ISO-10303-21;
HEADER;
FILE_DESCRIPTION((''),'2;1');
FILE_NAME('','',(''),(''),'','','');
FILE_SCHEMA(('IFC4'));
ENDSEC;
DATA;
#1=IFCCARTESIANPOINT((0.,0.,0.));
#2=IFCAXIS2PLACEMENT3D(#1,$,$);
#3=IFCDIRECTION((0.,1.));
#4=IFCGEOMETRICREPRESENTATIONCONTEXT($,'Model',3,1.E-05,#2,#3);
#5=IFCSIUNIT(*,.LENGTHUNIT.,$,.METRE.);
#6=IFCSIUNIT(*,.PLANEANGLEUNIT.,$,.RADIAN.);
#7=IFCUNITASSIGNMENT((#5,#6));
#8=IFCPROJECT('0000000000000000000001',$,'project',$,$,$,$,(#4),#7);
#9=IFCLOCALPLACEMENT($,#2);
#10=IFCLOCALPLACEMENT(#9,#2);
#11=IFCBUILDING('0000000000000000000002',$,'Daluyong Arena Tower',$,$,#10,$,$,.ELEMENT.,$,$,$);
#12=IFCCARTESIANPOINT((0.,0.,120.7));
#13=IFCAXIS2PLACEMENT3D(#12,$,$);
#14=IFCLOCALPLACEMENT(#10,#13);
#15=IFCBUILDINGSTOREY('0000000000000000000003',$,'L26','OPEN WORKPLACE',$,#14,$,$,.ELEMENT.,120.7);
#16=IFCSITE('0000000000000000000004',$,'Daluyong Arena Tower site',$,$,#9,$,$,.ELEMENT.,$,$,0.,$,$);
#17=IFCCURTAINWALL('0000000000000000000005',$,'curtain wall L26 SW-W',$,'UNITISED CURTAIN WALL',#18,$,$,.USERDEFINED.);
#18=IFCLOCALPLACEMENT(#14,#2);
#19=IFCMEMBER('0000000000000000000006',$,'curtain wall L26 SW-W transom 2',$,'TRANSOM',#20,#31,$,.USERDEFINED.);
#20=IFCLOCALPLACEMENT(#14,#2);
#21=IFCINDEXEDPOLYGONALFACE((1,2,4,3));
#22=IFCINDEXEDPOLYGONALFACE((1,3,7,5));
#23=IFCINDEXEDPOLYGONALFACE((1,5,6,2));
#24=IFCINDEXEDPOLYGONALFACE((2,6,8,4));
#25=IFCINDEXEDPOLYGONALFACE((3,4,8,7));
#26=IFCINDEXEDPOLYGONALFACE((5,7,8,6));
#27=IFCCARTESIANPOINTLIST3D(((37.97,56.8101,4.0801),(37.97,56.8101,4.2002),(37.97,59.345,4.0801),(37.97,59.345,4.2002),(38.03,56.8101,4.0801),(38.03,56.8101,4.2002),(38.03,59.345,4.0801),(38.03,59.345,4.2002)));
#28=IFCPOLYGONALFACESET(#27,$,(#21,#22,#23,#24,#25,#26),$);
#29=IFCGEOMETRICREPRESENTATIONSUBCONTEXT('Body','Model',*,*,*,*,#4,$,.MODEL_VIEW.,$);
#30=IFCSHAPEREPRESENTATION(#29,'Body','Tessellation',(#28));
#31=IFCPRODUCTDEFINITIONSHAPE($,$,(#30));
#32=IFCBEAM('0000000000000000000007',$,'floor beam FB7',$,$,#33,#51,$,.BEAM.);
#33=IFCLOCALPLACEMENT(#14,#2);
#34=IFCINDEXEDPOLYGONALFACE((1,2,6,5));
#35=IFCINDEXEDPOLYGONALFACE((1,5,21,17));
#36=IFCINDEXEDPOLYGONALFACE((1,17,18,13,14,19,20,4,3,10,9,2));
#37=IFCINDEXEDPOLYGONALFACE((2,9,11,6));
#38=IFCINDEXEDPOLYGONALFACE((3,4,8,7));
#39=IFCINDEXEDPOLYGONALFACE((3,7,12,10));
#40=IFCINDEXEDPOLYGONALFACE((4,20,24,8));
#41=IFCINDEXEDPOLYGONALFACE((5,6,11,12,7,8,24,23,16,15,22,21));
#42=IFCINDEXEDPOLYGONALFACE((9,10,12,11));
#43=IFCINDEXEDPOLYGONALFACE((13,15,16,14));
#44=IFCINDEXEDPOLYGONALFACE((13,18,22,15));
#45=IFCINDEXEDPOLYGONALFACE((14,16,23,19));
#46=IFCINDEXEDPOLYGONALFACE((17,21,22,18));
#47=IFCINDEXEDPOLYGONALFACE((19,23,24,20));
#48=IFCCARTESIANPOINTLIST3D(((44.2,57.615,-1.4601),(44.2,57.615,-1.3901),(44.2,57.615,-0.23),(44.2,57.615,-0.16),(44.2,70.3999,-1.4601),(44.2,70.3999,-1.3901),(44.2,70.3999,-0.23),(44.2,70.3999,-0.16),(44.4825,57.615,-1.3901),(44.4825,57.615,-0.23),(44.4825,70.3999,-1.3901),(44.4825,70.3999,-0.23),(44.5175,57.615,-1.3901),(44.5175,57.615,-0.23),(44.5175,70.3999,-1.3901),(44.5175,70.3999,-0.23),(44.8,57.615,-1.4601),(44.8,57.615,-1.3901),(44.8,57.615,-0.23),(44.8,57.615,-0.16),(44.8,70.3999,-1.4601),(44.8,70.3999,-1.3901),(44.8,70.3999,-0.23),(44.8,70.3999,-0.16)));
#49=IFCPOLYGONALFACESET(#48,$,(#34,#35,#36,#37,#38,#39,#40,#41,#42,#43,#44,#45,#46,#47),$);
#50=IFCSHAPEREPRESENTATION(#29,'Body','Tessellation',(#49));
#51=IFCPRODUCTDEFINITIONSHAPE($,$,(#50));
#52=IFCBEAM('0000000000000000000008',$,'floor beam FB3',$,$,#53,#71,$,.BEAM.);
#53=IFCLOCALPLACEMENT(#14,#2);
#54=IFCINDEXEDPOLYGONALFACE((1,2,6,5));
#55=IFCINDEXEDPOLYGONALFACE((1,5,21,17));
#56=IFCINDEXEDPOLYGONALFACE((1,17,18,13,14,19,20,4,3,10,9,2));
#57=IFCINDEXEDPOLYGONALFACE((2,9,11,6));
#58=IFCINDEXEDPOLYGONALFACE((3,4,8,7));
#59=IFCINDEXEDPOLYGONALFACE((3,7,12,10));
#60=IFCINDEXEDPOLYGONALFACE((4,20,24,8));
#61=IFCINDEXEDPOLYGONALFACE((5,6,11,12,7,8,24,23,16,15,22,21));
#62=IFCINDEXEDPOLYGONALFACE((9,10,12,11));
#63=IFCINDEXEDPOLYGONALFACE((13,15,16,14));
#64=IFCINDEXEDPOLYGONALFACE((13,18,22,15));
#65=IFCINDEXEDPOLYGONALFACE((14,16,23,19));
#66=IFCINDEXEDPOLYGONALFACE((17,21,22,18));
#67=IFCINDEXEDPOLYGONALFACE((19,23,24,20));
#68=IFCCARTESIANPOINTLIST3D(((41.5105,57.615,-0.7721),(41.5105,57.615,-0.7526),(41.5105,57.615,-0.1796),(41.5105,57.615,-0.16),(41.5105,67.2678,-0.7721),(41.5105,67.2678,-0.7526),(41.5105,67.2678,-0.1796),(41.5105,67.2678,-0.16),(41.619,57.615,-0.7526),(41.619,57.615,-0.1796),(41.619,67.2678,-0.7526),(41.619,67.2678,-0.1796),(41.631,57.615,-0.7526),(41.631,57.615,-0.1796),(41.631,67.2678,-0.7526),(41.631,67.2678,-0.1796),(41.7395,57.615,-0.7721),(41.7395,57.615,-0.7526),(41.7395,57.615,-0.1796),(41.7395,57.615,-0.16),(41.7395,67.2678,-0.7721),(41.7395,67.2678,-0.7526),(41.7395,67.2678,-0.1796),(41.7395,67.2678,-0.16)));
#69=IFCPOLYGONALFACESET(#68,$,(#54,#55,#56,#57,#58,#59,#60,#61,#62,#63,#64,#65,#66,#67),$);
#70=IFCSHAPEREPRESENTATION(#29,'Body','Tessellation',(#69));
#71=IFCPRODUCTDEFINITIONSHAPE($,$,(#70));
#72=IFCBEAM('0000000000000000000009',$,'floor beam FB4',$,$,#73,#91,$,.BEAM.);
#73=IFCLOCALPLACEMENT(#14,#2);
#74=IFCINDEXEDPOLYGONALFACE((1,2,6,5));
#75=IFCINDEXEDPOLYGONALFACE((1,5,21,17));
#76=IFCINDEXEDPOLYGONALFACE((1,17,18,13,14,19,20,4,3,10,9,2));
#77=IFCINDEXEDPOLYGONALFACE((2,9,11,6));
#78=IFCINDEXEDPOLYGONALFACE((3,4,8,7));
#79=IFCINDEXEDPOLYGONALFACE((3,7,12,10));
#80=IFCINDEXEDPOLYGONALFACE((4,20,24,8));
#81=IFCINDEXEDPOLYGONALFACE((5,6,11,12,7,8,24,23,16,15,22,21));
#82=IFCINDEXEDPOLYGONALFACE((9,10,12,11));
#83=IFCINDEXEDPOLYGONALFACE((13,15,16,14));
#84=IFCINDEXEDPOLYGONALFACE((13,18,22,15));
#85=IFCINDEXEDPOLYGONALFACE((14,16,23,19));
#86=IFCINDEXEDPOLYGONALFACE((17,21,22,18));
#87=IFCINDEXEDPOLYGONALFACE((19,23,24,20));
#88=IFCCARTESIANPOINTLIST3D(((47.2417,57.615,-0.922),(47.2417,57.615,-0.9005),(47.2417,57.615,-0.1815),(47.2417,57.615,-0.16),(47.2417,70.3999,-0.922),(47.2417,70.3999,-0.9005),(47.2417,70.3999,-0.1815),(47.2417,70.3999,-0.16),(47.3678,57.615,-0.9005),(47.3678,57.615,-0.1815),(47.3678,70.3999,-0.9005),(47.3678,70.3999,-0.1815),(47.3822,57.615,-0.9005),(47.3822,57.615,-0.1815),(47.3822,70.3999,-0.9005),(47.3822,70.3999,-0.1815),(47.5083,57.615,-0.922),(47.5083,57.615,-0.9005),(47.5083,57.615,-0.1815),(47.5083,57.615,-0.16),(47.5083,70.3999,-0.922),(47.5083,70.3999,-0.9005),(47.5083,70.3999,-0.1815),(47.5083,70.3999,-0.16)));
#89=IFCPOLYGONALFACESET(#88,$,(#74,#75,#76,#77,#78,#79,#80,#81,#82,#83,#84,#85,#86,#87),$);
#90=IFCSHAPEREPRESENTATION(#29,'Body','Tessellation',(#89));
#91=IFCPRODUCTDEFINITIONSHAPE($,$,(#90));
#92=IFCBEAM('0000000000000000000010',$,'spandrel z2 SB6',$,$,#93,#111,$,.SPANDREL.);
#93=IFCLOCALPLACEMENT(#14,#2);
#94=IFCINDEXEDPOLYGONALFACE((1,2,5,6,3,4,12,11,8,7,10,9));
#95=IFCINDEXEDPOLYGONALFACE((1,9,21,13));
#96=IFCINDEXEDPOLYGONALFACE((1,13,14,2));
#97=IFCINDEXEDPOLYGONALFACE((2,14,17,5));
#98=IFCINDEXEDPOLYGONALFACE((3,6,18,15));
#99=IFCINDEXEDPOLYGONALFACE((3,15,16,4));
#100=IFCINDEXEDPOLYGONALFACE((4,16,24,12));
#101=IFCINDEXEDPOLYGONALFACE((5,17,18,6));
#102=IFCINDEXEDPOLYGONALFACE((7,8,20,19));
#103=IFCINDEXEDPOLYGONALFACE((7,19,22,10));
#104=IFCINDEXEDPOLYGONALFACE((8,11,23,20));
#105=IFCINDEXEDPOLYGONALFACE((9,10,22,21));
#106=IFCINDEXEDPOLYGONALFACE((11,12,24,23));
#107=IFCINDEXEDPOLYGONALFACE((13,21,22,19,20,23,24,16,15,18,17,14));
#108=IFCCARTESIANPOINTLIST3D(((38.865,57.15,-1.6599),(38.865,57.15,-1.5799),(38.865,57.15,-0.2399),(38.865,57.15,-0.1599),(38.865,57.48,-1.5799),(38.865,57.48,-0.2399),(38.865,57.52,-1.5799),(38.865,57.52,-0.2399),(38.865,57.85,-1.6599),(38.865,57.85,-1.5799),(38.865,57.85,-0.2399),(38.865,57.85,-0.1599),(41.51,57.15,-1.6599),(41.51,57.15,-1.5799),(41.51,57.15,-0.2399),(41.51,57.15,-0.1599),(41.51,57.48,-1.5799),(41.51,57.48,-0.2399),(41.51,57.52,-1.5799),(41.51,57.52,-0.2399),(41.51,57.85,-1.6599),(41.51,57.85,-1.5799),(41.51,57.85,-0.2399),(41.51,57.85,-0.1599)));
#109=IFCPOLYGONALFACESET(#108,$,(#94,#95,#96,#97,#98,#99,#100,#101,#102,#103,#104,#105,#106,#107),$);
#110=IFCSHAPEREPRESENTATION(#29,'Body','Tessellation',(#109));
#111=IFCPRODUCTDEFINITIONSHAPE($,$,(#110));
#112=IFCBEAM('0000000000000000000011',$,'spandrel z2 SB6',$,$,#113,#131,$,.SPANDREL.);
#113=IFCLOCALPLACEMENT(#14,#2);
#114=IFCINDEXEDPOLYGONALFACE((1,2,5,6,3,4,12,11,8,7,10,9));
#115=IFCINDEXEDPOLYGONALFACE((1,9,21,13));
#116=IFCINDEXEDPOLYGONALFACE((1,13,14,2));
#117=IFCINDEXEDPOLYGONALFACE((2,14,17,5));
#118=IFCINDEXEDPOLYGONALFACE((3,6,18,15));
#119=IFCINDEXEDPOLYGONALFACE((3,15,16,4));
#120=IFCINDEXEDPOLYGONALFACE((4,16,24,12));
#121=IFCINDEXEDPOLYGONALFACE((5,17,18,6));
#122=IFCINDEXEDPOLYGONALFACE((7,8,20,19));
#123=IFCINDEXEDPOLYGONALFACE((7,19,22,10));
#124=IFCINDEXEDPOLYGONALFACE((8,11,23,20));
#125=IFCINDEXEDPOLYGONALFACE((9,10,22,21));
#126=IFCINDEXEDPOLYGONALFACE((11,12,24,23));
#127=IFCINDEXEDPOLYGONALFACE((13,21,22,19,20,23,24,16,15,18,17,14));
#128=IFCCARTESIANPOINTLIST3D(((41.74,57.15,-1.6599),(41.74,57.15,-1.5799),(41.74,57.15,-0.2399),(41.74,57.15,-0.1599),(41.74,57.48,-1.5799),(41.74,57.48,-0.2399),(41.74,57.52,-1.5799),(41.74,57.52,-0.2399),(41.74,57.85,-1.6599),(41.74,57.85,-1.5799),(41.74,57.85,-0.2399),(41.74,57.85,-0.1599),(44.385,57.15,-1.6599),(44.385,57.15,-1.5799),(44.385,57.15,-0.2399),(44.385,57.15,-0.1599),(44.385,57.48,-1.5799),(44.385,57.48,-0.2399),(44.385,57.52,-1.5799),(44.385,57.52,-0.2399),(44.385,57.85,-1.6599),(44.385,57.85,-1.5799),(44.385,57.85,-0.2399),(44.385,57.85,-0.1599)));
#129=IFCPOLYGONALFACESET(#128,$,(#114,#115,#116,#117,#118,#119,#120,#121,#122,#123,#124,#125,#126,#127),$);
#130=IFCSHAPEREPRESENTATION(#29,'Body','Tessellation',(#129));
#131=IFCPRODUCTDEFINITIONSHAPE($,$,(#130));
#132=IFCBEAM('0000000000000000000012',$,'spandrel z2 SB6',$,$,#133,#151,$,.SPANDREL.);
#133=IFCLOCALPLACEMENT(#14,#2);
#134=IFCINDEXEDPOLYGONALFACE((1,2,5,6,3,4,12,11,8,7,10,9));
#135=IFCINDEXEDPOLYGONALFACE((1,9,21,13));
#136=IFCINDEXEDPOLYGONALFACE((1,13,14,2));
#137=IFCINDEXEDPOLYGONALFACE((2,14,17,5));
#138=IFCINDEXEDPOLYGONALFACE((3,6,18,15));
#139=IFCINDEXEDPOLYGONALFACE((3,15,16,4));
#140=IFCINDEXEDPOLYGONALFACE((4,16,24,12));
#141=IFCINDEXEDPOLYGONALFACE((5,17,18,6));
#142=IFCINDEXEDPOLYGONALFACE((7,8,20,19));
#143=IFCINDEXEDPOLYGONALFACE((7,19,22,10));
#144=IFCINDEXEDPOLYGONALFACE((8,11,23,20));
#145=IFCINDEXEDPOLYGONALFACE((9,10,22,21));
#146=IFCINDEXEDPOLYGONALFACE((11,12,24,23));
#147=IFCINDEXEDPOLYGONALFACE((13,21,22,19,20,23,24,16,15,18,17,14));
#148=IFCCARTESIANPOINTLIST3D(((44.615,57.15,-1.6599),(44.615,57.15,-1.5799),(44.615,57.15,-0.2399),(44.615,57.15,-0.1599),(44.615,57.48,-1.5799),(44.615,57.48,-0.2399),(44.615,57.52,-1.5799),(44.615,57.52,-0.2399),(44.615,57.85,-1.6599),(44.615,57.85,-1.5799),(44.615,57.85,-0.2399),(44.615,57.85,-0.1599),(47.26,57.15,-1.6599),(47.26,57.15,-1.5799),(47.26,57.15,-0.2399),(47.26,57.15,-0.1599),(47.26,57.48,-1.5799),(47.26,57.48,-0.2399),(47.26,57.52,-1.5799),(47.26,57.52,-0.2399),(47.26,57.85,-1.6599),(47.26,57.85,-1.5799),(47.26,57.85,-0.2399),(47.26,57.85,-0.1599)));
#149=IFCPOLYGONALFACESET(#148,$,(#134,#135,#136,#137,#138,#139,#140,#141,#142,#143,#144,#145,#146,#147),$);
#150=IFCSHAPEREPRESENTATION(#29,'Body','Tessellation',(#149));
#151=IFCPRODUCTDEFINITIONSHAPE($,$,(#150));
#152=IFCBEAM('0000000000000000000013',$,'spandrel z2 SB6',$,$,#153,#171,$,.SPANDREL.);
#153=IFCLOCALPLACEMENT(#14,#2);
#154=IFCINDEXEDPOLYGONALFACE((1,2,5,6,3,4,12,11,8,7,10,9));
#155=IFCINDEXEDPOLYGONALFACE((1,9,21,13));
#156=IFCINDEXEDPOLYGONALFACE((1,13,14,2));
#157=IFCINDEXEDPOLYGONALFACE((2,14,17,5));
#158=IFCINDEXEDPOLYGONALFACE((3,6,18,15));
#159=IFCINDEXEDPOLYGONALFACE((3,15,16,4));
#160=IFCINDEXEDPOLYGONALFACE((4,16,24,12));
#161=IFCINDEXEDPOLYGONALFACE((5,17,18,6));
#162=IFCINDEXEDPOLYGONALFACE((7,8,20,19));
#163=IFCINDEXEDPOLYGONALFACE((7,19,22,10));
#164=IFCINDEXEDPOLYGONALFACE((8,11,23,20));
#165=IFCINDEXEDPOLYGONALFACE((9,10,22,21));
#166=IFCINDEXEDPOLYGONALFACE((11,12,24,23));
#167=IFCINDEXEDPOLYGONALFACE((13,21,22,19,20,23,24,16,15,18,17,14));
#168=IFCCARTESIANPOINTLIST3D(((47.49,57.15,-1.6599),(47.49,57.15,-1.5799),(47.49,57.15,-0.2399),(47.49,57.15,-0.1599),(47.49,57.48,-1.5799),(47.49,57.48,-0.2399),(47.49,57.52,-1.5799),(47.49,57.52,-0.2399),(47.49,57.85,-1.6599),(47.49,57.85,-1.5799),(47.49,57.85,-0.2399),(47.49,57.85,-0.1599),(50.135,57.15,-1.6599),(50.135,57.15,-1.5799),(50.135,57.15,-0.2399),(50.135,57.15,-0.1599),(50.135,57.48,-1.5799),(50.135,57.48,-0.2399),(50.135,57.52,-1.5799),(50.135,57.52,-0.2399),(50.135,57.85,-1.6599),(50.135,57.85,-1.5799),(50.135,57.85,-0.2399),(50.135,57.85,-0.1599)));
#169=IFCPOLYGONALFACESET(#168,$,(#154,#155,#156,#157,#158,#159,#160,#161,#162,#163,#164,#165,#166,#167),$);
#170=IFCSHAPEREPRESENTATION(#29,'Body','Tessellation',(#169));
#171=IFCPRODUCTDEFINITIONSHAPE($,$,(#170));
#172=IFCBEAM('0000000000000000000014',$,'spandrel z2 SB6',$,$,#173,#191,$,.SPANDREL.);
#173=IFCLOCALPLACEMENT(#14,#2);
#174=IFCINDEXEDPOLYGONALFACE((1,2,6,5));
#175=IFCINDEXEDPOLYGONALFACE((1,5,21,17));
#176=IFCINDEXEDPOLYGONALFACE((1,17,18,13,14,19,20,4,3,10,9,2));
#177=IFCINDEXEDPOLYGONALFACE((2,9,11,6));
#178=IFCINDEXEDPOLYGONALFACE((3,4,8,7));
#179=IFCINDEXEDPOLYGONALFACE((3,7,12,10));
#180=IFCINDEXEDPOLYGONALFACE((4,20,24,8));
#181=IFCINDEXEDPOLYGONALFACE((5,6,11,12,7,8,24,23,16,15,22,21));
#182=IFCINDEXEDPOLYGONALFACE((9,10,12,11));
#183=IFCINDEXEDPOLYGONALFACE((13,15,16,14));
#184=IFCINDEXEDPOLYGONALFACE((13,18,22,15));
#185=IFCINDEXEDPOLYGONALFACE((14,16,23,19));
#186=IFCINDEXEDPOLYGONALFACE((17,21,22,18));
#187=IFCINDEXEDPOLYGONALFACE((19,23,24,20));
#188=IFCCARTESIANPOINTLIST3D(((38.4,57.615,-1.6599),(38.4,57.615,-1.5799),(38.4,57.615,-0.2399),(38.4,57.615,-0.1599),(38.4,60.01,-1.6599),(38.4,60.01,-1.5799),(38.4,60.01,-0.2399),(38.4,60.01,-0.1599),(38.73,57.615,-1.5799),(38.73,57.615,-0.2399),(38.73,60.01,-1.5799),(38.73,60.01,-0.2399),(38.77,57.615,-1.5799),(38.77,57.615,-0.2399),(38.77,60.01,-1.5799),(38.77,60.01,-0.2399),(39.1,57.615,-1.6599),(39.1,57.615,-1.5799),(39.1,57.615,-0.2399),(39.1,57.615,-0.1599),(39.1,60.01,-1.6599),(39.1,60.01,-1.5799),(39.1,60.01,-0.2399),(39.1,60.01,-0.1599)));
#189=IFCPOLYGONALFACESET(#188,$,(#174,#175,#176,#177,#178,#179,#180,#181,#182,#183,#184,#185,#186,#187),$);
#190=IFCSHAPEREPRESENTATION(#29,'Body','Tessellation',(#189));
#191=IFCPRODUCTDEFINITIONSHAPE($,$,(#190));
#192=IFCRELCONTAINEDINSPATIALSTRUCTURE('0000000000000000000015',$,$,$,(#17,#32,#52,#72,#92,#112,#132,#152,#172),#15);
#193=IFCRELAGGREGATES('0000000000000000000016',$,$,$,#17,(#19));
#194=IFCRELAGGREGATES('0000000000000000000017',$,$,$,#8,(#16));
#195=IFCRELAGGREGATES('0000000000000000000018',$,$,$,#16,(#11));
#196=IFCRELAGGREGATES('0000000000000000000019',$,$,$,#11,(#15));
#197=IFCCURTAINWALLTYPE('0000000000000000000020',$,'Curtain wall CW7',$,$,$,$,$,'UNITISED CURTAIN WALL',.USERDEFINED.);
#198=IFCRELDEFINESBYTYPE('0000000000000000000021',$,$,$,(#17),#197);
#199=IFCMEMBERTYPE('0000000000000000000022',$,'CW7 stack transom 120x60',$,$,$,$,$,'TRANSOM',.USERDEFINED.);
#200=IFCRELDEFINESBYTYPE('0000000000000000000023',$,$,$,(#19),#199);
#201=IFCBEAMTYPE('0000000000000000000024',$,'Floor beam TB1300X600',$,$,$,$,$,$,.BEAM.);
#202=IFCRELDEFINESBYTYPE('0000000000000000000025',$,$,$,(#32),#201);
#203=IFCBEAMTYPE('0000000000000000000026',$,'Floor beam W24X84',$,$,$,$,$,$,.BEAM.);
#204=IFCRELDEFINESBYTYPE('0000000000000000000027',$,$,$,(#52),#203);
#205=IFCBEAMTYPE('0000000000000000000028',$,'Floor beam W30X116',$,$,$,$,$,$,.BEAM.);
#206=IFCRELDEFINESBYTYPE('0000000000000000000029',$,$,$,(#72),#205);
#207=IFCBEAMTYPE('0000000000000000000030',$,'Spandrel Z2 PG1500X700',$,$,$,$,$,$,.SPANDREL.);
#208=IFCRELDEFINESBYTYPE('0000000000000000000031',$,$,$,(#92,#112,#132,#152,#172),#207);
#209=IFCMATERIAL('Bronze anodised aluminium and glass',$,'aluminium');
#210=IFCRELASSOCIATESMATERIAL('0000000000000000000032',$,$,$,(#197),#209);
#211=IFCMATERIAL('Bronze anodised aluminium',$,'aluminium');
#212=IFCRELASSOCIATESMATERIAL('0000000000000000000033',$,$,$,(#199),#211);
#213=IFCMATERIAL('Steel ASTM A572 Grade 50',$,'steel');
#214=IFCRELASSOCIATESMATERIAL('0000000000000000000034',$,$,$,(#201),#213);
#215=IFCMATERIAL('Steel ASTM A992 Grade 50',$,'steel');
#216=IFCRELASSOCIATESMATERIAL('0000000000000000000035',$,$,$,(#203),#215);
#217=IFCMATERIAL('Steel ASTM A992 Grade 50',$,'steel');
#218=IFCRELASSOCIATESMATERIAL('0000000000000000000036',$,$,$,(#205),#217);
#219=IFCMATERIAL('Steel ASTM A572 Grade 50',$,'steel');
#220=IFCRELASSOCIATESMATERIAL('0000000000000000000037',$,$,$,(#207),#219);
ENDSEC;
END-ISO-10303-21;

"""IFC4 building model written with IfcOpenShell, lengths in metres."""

from ifc_helpers import new_model, si_unit, direction, frame, origin, origin_2d, place, context, subcontext, project, spatial, rectangle, i_section, extrude, material, material_profile, profile_set, type_object, element, aggregate, save


model = new_model("IFC4")

# Units and contexts
model_context = context("Model", 3, precision=1e-05, world=origin(), true_north=direction((0.0, 1.0)))
body_context = subcontext(model_context, "Body", "Model", "MODEL_VIEW")
ifc_project = project(units=[si_unit("LENGTHUNIT", "METRE"), si_unit("PLANEANGLEUNIT", "RADIAN")], contexts=[model_context])

# Site, building, storey
site_placement = place(None, origin())
site = spatial("IfcSite", under=ifc_project, at=site_placement, Name="Daluyong Arena Tower site", CompositionType="ELEMENT", RefElevation=0.0)
building_placement = place(site_placement, origin())
building = spatial("IfcBuilding", under=site, at=building_placement, Name="Daluyong Arena Tower", CompositionType="ELEMENT")
storey_placement = place(building_placement, frame((0.0, 0.0, 120.7)))
storey = spatial("IfcBuildingStorey", under=building, at=storey_placement, Name="L26", Description="OPEN WORKPLACE", CompositionType="ELEMENT", Elevation=120.7)

# Curtain wall, member
ifc_material_1 = material(Name="Bronze anodised aluminium and glass", Category="aluminium")
curtain_wall_type_1 = type_object("IfcCurtainWallType", Name="Curtain wall CW7", ElementType="UNITISED CURTAIN WALL", PredefinedType="USERDEFINED", material=ifc_material_1)
curtain_wall_1_placement = place(storey_placement, origin())
curtain_wall_1 = element("IfcCurtainWall", 1, at=curtain_wall_1_placement, inside=storey, type_object=curtain_wall_type_1, Name="curtain wall L26 SW-W", ObjectType="UNITISED CURTAIN WALL", PredefinedType="USERDEFINED")
ifc_material_2 = material(Name="Bronze anodised aluminium", Category="aluminium")
ifc_material_profile_1 = material_profile(ifc_material_2, rectangle(XDim=0.0601, YDim=0.1201, at=origin_2d()))
ifc_profile_set_1 = profile_set([ifc_material_profile_1], Name="Bronze anodised aluminium")
member_type_1 = type_object("IfcMemberType", Name="CW7 stack transom 120x60", ElementType="TRANSOM", PredefinedType="USERDEFINED", material=ifc_profile_set_1)
member_1_placement = place(storey_placement, frame((38.0, 59.345, 4.1401), z_axis=(0.0, -1.0, 0.0), x_axis=(1.0, 0.0, 0.0)))
member_1 = element("IfcMember", 2, at=member_1_placement, type_object=member_type_1, Name="curtain wall L26 SW-W transom 2", ObjectType="TRANSOM", PredefinedType="USERDEFINED", context=body_context, shape_type="SweptSolid", body=[
    extrude(rectangle(XDim=0.0601, YDim=0.1201, at=origin_2d()), origin(), (0.0, 0.0, 1.0), 2.5349),
])

# Beams
ifc_material_3 = material(Name="Steel ASTM A572 Grade 50", Category="steel")
ifc_material_profile_2 = material_profile(ifc_material_3, i_section(OverallWidth=0.6001, OverallDepth=1.3, WebThickness=0.035, FlangeThickness=0.07, at=origin_2d()))
ifc_profile_set_2 = profile_set([ifc_material_profile_2], Name="Steel ASTM A572 Grade 50")
beam_type_1 = type_object("IfcBeamType", Name="Floor beam TB1300X600", PredefinedType="BEAM", material=ifc_profile_set_2)
beam_1_placement = place(storey_placement, frame((44.5, 57.615, -0.8101), z_axis=(0.0, 1.0, 0.0), x_axis=(-1.0, 0.0, 0.0)))
element("IfcBeam", 3, at=beam_1_placement, inside=storey, type_object=beam_type_1, Name="floor beam FB7", PredefinedType="BEAM", context=body_context, shape_type="SweptSolid", body=[
    extrude(i_section(OverallWidth=0.6001, OverallDepth=1.3, WebThickness=0.035, FlangeThickness=0.07, at=origin_2d()), origin(), (0.0, 0.0, 1.0), 12.7849),
])
ifc_material_4 = material(Name="Steel ASTM A992 Grade 50", Category="steel")
ifc_material_profile_3 = material_profile(ifc_material_4, i_section(OverallWidth=0.229, OverallDepth=0.6121, WebThickness=0.012, FlangeThickness=0.0195, at=origin_2d()))
ifc_profile_set_3 = profile_set([ifc_material_profile_3], Name="Steel ASTM A992 Grade 50")
beam_type_2 = type_object("IfcBeamType", Name="Floor beam W24X84", PredefinedType="BEAM", material=ifc_profile_set_3)
beam_2_placement = place(storey_placement, frame((41.625, 57.615, -0.4661), z_axis=(0.0, 1.0, 0.0), x_axis=(-1.0, 0.0, 0.0)))
element("IfcBeam", 4, at=beam_2_placement, inside=storey, type_object=beam_type_2, Name="floor beam FB3", PredefinedType="BEAM", context=body_context, shape_type="SweptSolid", body=[
    extrude(i_section(OverallWidth=0.229, OverallDepth=0.6121, WebThickness=0.012, FlangeThickness=0.0195, at=origin_2d()), origin(), (0.0, 0.0, 1.0), 9.6528),
])
ifc_material_5 = material(Name="Steel ASTM A992 Grade 50", Category="steel")
ifc_material_profile_4 = material_profile(ifc_material_5, i_section(OverallWidth=0.2666, OverallDepth=0.762, WebThickness=0.0144, FlangeThickness=0.0215, at=origin_2d()))
ifc_profile_set_4 = profile_set([ifc_material_profile_4], Name="Steel ASTM A992 Grade 50")
beam_type_3 = type_object("IfcBeamType", Name="Floor beam W30X116", PredefinedType="BEAM", material=ifc_profile_set_4)
beam_3_placement = place(storey_placement, frame((47.375, 57.615, -0.541), z_axis=(0.0, 1.0, 0.0), x_axis=(-1.0, 0.0, 0.0)))
element("IfcBeam", 5, at=beam_3_placement, inside=storey, type_object=beam_type_3, Name="floor beam FB4", PredefinedType="BEAM", context=body_context, shape_type="SweptSolid", body=[
    extrude(i_section(OverallWidth=0.2666, OverallDepth=0.762, WebThickness=0.0144, FlangeThickness=0.0215, at=origin_2d()), origin(), (0.0, 0.0, 1.0), 12.7849),
])
ifc_material_6 = material(Name="Steel ASTM A572 Grade 50", Category="steel")
ifc_material_profile_5 = material_profile(ifc_material_6, i_section(OverallWidth=0.7, OverallDepth=1.5, WebThickness=0.04, FlangeThickness=0.08, at=origin_2d()))
ifc_profile_set_5 = profile_set([ifc_material_profile_5], Name="Steel ASTM A572 Grade 50")
beam_type_4 = type_object("IfcBeamType", Name="Spandrel Z2 PG1500X700", PredefinedType="SPANDREL", material=ifc_profile_set_5)
for number, where, z_axis, x_axis, name in (
    (6, (38.865, 57.5, -0.9099), (1.0, 0.0, 0.0), (0.0, 1.0, 0.0), "spandrel z2 SB6"),
    (7, (41.74, 57.5, -0.9099), (1.0, 0.0, 0.0), (0.0, 1.0, 0.0), "spandrel z2 SB6"),
    (8, (44.615, 57.5, -0.9099), (1.0, 0.0, 0.0), (0.0, 1.0, 0.0), "spandrel z2 SB6"),
    (9, (47.49, 57.5, -0.9099), (1.0, 0.0, 0.0), (0.0, 1.0, 0.0), "spandrel z2 SB6"),
):
    element("IfcBeam", number, at=place(storey_placement, frame(where, z_axis=z_axis, x_axis=x_axis)), inside=storey, type_object=beam_type_4, Name=name, PredefinedType="SPANDREL", context=body_context, shape_type="SweptSolid", body=[
        extrude(i_section(OverallWidth=0.7, OverallDepth=1.5, WebThickness=0.04, FlangeThickness=0.08, at=origin_2d()), origin(), (0.0, 0.0, 1.0), 2.645),
    ])
beam_4_placement = place(storey_placement, frame((38.75, 60.01, -0.9099), z_axis=(0.0, -1.0, 0.0), x_axis=(1.0, 0.0, 0.0)))
element("IfcBeam", 10, at=beam_4_placement, inside=storey, type_object=beam_type_4, Name="spandrel z2 SB6", PredefinedType="SPANDREL", context=body_context, shape_type="SweptSolid", body=[
    extrude(i_section(OverallWidth=0.7, OverallDepth=1.5, WebThickness=0.04, FlangeThickness=0.08, at=origin_2d()), origin(), (0.0, 0.0, 1.0), 2.395),
])

aggregate(curtain_wall_1, [member_1])

save(model, "model.ifc")
